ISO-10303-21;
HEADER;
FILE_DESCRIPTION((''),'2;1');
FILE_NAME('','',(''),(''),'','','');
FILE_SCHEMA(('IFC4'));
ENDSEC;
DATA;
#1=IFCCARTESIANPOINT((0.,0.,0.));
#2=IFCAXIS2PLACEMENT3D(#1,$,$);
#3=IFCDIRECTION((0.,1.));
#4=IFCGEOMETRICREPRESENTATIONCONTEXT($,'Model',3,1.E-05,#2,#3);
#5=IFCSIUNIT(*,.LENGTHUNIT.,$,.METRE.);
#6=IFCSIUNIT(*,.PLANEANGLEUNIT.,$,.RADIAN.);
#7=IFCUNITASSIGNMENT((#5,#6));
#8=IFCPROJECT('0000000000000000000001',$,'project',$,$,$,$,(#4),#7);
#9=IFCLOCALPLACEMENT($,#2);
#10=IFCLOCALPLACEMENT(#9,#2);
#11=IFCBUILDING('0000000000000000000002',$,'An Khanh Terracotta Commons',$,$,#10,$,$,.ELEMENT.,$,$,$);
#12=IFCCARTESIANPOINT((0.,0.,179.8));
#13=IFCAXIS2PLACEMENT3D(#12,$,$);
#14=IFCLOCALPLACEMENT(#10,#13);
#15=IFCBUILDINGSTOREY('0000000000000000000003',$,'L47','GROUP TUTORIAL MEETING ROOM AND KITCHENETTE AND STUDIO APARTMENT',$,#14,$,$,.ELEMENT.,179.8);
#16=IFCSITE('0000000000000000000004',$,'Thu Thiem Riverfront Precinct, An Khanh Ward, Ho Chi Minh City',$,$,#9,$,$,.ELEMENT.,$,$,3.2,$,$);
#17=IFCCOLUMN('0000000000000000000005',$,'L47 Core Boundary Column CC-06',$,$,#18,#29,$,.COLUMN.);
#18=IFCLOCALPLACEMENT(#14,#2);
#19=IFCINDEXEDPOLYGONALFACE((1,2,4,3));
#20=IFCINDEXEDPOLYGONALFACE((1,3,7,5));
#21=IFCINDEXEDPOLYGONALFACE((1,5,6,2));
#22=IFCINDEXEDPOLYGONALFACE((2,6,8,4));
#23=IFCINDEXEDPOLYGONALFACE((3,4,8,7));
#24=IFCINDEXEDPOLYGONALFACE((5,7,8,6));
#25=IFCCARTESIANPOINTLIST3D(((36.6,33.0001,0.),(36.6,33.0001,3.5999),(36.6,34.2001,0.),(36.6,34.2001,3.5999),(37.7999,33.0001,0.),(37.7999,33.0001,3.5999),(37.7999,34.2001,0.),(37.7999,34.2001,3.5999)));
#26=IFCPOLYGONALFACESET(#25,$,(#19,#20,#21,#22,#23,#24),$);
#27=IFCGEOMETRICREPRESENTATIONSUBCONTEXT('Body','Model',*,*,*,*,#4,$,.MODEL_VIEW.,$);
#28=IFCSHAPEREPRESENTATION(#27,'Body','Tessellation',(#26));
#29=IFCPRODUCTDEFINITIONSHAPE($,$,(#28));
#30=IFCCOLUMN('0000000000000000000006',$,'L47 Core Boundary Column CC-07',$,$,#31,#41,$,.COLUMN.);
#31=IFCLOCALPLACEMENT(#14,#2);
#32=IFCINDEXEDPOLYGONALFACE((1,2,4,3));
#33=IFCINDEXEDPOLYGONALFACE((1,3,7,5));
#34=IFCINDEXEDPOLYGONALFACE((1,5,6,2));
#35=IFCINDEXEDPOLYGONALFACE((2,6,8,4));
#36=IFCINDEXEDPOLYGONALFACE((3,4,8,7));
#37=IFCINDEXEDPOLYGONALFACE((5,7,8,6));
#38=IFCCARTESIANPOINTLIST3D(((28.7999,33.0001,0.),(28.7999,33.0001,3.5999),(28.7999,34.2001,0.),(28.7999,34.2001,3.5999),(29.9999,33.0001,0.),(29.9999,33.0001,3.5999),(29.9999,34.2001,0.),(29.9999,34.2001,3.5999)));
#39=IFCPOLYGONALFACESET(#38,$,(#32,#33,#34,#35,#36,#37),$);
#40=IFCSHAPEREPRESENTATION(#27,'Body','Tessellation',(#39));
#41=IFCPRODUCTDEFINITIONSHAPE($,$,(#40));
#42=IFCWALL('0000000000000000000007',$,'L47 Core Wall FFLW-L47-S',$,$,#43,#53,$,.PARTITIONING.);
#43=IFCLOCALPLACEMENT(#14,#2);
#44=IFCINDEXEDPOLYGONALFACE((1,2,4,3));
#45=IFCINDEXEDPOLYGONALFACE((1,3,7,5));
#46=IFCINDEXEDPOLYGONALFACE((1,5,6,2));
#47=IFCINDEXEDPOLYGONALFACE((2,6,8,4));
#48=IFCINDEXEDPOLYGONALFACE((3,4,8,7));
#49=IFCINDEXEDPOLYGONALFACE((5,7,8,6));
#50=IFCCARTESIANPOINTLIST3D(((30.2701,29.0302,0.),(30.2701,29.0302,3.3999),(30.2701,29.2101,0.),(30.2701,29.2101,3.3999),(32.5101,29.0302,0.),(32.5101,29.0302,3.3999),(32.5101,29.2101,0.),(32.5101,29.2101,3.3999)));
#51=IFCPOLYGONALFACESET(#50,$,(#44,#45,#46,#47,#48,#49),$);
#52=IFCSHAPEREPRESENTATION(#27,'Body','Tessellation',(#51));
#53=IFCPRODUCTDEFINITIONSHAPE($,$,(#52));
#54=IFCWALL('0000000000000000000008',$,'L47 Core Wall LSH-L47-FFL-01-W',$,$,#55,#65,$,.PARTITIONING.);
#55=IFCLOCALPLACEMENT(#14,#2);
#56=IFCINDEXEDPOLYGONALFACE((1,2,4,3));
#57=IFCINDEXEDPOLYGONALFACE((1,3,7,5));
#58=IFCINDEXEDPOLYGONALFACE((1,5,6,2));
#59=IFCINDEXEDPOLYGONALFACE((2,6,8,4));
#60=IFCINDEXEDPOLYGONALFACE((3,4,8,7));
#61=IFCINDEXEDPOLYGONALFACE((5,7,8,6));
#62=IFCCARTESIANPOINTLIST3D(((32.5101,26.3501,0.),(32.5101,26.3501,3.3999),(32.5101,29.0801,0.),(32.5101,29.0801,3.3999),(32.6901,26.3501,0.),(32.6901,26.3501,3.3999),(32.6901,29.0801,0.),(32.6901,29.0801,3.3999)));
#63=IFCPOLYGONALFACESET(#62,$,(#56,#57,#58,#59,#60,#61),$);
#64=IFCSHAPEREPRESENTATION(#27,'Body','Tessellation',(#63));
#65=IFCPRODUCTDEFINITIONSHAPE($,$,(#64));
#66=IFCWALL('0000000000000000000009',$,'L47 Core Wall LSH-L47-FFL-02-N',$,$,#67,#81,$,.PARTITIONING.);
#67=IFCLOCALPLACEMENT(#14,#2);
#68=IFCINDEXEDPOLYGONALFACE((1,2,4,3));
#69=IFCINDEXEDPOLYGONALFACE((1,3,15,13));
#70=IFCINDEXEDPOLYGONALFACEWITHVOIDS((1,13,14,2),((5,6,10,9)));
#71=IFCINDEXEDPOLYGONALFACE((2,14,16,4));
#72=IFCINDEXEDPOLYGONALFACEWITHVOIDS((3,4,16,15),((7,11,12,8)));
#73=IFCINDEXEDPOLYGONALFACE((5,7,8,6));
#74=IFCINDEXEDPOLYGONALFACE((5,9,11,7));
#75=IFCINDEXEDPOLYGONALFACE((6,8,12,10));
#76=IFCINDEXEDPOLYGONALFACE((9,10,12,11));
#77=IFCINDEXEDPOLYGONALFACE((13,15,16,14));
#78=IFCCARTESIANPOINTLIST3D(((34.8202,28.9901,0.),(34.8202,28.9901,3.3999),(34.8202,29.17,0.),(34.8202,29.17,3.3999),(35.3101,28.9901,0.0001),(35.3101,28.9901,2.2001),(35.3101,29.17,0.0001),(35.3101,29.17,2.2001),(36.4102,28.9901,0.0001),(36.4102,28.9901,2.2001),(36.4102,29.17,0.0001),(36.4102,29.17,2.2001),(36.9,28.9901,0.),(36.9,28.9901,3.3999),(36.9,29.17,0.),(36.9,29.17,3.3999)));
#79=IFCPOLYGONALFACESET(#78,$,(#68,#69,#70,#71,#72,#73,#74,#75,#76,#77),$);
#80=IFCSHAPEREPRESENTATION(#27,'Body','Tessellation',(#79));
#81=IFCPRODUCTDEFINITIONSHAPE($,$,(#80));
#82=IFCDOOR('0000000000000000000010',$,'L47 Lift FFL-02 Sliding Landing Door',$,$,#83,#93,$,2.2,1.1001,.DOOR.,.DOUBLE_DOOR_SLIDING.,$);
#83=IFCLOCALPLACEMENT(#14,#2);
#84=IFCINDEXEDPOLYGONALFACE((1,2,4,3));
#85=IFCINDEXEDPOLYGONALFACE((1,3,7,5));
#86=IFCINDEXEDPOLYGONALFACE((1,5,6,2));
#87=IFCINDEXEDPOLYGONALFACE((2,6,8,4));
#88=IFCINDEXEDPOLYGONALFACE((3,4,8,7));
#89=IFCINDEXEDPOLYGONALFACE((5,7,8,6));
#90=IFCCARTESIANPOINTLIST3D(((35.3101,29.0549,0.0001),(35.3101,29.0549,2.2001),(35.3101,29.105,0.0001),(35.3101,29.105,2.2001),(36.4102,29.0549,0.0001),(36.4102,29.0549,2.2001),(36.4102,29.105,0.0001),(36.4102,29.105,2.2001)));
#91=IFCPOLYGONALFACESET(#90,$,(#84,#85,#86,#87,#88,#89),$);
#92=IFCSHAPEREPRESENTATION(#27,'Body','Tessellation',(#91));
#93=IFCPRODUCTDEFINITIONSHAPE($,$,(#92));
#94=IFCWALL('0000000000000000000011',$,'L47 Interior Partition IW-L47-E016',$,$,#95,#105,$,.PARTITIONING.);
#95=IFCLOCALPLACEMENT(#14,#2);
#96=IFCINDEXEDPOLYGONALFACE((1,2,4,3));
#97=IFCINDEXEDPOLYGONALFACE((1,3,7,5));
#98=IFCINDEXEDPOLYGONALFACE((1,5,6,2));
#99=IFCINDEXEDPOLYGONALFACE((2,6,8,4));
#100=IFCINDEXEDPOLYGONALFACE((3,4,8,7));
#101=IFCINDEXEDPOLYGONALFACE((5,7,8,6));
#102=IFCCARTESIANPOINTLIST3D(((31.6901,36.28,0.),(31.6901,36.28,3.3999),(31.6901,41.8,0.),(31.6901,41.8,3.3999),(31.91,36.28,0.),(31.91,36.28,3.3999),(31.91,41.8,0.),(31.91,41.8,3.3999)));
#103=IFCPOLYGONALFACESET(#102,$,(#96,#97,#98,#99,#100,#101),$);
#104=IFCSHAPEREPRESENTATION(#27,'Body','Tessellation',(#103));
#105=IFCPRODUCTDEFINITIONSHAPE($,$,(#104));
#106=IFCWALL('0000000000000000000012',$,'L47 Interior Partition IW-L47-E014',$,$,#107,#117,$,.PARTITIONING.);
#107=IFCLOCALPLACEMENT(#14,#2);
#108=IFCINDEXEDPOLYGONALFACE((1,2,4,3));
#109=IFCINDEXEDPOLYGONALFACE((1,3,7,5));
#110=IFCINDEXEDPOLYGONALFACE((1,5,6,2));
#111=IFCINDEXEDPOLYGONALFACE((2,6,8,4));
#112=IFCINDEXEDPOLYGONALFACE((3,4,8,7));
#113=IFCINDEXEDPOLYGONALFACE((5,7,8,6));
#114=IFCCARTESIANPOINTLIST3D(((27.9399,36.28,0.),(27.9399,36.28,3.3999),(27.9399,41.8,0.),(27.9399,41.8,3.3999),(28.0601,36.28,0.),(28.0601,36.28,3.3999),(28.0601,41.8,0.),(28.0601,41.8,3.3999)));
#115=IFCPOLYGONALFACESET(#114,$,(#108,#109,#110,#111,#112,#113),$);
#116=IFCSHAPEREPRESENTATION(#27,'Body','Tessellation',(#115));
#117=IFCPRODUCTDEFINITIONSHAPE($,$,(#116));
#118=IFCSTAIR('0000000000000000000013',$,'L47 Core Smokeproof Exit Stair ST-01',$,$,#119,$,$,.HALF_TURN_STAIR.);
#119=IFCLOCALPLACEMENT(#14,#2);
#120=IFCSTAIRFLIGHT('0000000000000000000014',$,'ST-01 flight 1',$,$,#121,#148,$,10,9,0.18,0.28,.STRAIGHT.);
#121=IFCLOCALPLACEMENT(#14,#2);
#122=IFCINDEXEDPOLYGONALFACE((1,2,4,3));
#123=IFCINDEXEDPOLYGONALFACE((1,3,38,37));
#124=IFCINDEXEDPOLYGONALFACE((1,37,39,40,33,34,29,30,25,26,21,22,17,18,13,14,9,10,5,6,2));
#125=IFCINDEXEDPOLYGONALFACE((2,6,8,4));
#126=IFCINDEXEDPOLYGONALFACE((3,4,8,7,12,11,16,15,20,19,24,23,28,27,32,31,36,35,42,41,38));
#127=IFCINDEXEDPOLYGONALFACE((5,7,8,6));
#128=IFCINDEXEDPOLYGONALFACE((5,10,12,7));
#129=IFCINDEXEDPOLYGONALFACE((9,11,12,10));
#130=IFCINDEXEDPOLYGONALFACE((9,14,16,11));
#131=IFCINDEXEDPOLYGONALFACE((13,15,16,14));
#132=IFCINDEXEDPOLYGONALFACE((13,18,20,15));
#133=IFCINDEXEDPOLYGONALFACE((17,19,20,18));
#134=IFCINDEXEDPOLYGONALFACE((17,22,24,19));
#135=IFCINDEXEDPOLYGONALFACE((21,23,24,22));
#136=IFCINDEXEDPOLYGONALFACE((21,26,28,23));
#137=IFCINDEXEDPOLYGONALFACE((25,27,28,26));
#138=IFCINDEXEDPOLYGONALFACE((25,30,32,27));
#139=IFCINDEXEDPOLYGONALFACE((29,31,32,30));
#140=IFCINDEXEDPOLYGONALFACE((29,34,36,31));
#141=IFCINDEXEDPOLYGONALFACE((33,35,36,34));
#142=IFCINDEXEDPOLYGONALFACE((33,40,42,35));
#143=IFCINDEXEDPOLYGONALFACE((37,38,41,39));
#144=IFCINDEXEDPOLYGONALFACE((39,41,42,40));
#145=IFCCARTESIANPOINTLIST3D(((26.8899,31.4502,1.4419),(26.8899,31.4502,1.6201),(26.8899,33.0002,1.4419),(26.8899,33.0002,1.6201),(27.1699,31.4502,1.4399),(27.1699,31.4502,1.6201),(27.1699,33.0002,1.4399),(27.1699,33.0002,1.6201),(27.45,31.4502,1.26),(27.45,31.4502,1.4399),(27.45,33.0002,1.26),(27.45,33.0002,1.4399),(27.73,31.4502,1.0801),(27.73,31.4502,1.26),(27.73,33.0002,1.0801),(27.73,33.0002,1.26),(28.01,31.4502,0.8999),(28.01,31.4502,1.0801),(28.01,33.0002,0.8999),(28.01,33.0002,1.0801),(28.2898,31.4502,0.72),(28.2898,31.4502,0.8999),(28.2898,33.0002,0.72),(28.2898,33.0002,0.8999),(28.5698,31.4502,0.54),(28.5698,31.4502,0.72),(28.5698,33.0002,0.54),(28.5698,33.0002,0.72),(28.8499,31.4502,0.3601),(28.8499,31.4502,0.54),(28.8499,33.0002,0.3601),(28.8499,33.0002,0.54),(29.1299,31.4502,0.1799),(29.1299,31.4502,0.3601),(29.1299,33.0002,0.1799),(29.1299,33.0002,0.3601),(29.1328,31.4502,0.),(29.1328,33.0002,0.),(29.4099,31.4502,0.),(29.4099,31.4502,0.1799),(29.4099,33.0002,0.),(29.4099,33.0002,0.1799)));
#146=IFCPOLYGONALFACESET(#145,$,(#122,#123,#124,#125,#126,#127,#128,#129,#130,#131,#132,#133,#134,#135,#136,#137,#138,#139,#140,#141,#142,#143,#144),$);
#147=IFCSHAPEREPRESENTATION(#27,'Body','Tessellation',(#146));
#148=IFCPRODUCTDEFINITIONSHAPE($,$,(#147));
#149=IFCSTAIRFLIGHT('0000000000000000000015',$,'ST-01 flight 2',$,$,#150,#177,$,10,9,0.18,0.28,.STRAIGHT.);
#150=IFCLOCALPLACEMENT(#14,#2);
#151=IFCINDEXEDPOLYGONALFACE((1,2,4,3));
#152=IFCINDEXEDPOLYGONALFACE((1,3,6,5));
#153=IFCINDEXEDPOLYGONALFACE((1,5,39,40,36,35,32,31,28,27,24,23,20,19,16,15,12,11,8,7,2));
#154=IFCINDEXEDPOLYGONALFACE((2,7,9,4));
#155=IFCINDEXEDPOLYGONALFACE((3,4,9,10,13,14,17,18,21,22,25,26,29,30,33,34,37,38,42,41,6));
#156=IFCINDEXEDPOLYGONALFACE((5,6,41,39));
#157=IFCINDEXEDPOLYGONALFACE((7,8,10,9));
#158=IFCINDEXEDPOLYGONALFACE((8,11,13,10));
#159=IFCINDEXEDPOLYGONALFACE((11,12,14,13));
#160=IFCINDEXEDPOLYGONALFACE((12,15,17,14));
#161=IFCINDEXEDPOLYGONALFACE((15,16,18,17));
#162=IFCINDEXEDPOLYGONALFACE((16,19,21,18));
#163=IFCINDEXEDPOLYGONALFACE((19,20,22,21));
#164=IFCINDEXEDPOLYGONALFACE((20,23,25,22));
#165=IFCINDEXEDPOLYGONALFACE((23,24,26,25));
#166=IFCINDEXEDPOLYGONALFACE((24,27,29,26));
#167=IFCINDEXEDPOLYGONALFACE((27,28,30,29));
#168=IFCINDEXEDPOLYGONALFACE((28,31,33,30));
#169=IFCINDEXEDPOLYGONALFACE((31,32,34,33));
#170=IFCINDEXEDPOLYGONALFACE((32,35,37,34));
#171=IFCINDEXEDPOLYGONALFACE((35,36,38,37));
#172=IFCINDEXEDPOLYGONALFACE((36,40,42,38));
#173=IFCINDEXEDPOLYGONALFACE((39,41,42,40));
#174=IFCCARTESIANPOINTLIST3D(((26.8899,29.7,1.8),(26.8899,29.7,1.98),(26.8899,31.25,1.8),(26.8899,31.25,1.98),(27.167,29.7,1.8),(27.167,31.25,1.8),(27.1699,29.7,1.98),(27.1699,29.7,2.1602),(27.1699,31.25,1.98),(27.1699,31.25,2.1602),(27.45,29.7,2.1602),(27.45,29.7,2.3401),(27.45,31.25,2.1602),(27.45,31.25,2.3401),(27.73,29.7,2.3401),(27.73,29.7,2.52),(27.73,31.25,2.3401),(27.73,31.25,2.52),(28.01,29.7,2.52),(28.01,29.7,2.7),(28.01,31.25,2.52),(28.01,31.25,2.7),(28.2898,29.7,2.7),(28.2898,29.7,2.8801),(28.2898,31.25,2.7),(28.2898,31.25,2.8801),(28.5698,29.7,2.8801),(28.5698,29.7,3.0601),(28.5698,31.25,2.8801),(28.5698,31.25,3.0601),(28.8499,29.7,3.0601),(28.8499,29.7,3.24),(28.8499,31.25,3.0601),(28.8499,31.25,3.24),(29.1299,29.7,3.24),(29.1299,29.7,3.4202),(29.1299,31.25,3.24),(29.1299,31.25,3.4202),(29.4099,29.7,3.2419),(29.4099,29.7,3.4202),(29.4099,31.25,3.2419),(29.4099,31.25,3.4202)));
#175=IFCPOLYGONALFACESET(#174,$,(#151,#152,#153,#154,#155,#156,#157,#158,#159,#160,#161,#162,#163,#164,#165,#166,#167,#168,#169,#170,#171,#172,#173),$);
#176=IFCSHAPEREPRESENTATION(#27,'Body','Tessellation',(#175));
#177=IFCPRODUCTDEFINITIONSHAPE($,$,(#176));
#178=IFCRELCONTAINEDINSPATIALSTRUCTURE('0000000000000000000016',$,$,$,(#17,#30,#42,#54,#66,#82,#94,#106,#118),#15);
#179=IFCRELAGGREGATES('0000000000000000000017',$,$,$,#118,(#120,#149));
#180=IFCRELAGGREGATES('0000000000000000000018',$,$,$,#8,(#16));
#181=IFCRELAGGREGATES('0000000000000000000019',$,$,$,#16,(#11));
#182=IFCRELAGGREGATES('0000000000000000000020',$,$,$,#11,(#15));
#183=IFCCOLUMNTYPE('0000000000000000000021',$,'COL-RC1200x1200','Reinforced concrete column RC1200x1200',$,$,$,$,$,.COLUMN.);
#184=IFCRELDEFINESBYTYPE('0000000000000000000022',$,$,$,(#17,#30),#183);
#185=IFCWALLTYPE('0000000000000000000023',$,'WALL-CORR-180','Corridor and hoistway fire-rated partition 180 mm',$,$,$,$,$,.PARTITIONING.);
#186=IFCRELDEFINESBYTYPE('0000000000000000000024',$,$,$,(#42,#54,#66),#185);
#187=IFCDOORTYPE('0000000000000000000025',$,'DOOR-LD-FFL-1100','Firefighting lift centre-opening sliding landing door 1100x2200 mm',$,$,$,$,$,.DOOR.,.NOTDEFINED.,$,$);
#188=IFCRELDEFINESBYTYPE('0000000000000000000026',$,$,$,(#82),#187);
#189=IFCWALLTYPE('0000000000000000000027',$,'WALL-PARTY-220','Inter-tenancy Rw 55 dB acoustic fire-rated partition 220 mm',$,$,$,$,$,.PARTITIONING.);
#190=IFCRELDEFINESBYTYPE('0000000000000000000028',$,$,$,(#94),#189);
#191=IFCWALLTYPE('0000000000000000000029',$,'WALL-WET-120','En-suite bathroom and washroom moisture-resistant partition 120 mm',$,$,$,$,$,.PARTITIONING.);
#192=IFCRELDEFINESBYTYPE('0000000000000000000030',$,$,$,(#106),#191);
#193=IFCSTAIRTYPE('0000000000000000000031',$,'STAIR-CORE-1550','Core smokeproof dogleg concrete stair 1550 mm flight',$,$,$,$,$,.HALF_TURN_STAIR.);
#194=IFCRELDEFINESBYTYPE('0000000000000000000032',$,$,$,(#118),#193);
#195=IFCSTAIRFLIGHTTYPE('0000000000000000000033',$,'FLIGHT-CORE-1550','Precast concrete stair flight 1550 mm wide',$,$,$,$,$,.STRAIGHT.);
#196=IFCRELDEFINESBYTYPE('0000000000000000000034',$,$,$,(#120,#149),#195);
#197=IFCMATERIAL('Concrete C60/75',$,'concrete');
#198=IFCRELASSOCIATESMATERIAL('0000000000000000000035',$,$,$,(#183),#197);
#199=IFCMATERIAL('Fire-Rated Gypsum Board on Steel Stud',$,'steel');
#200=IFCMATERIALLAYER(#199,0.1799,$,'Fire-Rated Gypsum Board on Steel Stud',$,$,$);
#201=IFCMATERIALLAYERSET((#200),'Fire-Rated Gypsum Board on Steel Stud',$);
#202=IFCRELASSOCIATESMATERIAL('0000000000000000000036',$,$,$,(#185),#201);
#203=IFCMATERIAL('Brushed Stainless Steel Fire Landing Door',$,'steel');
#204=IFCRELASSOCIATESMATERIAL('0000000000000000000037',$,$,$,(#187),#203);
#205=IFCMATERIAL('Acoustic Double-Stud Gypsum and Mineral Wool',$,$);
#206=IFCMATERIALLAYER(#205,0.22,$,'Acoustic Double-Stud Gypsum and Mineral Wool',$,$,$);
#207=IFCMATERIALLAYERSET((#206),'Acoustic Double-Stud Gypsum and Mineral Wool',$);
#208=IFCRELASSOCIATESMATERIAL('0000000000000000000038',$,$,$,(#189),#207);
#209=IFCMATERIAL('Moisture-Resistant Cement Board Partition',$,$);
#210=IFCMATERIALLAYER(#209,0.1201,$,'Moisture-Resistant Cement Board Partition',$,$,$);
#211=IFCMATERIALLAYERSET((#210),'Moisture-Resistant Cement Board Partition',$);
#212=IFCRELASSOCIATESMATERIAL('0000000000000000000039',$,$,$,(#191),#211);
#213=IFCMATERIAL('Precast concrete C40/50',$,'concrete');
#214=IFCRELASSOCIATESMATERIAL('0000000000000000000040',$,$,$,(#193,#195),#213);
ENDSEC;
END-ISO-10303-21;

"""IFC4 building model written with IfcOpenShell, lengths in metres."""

from ifc_helpers import new_model, si_unit, direction, frame, frame_2d, origin, origin_2d, place, context, subcontext, project, spatial, polyline, rectangle, outline, extrude, material, layer, layer_set, material_profile, profile_set, type_object, element, fill, aggregate, save


model = new_model("IFC4")

# Units and contexts
model_context = context("Model", 3, precision=1e-05, world=origin(), true_north=direction((0.0, 1.0)))
body_context = subcontext(model_context, "Body", "Model", "MODEL_VIEW")
ifc_project = project(units=[si_unit("LENGTHUNIT", "METRE"), si_unit("PLANEANGLEUNIT", "RADIAN")], contexts=[model_context])

# Site, building, storey
site_placement = place(None, origin())
site = spatial("IfcSite", under=ifc_project, at=site_placement, Name="Thu Thiem Riverfront Precinct, An Khanh Ward, Ho Chi Minh City", CompositionType="ELEMENT", RefElevation=3.2)
building_placement = place(site_placement, origin())
building = spatial("IfcBuilding", under=site, at=building_placement, Name="An Khanh Terracotta Commons", CompositionType="ELEMENT")
storey_placement = place(building_placement, frame((0.0, 0.0, 179.8)))
storey = spatial("IfcBuildingStorey", under=building, at=storey_placement, Name="L47", Description="GROUP TUTORIAL MEETING ROOM AND KITCHENETTE AND STUDIO APARTMENT", CompositionType="ELEMENT", Elevation=179.8)

# Columns
ifc_material_1 = material(Name="Concrete C60/75", Category="concrete")
ifc_material_profile = material_profile(ifc_material_1, rectangle(XDim=1.2, YDim=1.2, at=origin_2d()), Name="RC1200x1200")
ifc_profile_set = profile_set([ifc_material_profile], Name="Concrete C60/75")
column_type = type_object("IfcColumnType", Name="COL-RC1200x1200", Description="Reinforced concrete column RC1200x1200", PredefinedType="COLUMN", material=ifc_profile_set)
for number, where, z_axis, x_axis, name in (
    (1, (37.2, 33.6001, 0.0), (0.0, 0.0, 1.0), (1.0, 0.0, 0.0), "L47 Core Boundary Column CC-06"),
    (2, (29.3999, 33.6001, 0.0), (0.0, 0.0, 1.0), (1.0, 0.0, 0.0), "L47 Core Boundary Column CC-07"),
):
    element("IfcColumn", number, at=place(storey_placement, frame(where, z_axis=z_axis, x_axis=x_axis)), inside=storey, type_object=column_type, Name=name, PredefinedType="COLUMN", context=body_context, shape_type="SweptSolid", body=[
        extrude(rectangle(XDim=1.2, YDim=1.2, at=origin_2d()), origin(), (0.0, 0.0, 1.0), 3.5999),
    ])

# Walls
ifc_material_2 = material(Name="Fire-Rated Gypsum Board on Steel Stud", Category="steel")
ifc_layer_1 = layer(ifc_material_2, 0.1799, Name="Fire-Rated Gypsum Board on Steel Stud")
ifc_layer_set_1 = layer_set([ifc_layer_1], Name="Fire-Rated Gypsum Board on Steel Stud")
wall_type_1 = type_object("IfcWallType", Name="WALL-CORR-180", Description="Corridor and hoistway fire-rated partition 180 mm", PredefinedType="PARTITIONING", material=ifc_layer_set_1)
wall_1_placement = place(storey_placement, frame((30.27, 29.1201, 0.0), z_axis=(0.0, 0.0, 1.0), x_axis=(1.0, 0.0, 0.0)))
element("IfcWall", 3, at=wall_1_placement, inside=storey, type_object=wall_type_1, Name="L47 Core Wall FFLW-L47-S", PredefinedType="PARTITIONING", context=body_context, shape_type="SweptSolid", body=[
    extrude(rectangle(XDim=2.24, YDim=0.1799, at=frame_2d((1.1201, 0.0))), origin(), (0.0, 0.0, 1.0), 3.3999),
])
wall_2_placement = place(storey_placement, frame((32.6001, 29.0801, 0.0), z_axis=(0.0, 0.0, 1.0), x_axis=(0.0, -1.0, 0.0)))
element("IfcWall", 4, at=wall_2_placement, inside=storey, type_object=wall_type_1, Name="L47 Core Wall LSH-L47-FFL-01-W", PredefinedType="PARTITIONING", context=body_context, shape_type="SweptSolid", body=[
    extrude(rectangle(XDim=2.73, YDim=0.1799, at=frame_2d((1.365, 0.0))), origin(), (0.0, 0.0, 1.0), 3.3999),
])

# Wall, opening, door
wall_3_placement = place(storey_placement, frame((34.8201, 29.0801, 0.0), z_axis=(0.0, 0.0, 1.0), x_axis=(1.0, 0.0, 0.0)))
wall_3 = element("IfcWall", 5, at=wall_3_placement, inside=storey, type_object=wall_type_1, Name="L47 Core Wall LSH-L47-FFL-02-N", PredefinedType="PARTITIONING", context=body_context, shape_type="SweptSolid", body=[
    extrude(rectangle(XDim=2.0798, YDim=0.1799, at=frame_2d((1.04, 0.0))), origin(), (0.0, 0.0, 1.0), 3.3999),
])
opening_1_placement = place(wall_3_placement, frame((0.49, 0.0, 0.0)))
opening_1 = element("IfcOpeningElement", 6, at=opening_1_placement, cuts=wall_3, PredefinedType="OPENING", context=body_context, shape_type="SweptSolid", body=[
    extrude(rectangle(XDim=1.1001, YDim=2.2, at=frame_2d((0.55, 1.1001))), frame((0.0, 0.0999, 0.0), z_axis=(0.0, -1.0, 0.0), x_axis=(1.0, 0.0, 0.0)), (0.0, 0.0, 1.0), 0.2),
])
ifc_material_3 = material(Name="Brushed Stainless Steel Fire Landing Door", Category="steel")
door_type_1 = type_object("IfcDoorType", Name="DOOR-LD-FFL-1100", Description="Firefighting lift centre-opening sliding landing door 1100x2200 mm", OperationType="NOTDEFINED", PredefinedType="DOOR", material=ifc_material_3)
door_1_placement = place(opening_1_placement, origin())
door_1 = element("IfcDoor", 7, at=door_1_placement, inside=storey, type_object=door_type_1, Name="L47 Lift FFL-02 Sliding Landing Door", OperationType="DOUBLE_DOOR_SLIDING", OverallHeight=2.2, OverallWidth=1.1001, PredefinedType="DOOR", context=body_context, shape_type="SweptSolid", body=[
    extrude(rectangle(XDim=1.1001, YDim=2.2, at=frame_2d((0.55, 1.1001))), frame((0.0, 0.0249, 0.0), z_axis=(0.0, -1.0, 0.0), x_axis=(1.0, 0.0, 0.0)), (0.0, 0.0, 1.0), 0.05),
])
fill(opening_1, door_1)

# Wall
ifc_material_4 = material(Name="Acoustic Double-Stud Gypsum and Mineral Wool")
ifc_layer_2 = layer(ifc_material_4, 0.22, Name="Acoustic Double-Stud Gypsum and Mineral Wool")
ifc_layer_set_2 = layer_set([ifc_layer_2], Name="Acoustic Double-Stud Gypsum and Mineral Wool")
wall_type_2 = type_object("IfcWallType", Name="WALL-PARTY-220", Description="Inter-tenancy Rw 55 dB acoustic fire-rated partition 220 mm", PredefinedType="PARTITIONING", material=ifc_layer_set_2)
wall_4_placement = place(storey_placement, frame((31.8, 36.28, 0.0), z_axis=(0.0, 0.0, 1.0), x_axis=(0.0, 1.0, 0.0)))
element("IfcWall", 8, at=wall_4_placement, inside=storey, type_object=wall_type_2, Name="L47 Interior Partition IW-L47-E016", PredefinedType="PARTITIONING", context=body_context, shape_type="SweptSolid", body=[
    extrude(rectangle(XDim=5.52, YDim=0.22, at=frame_2d((2.76, 0.0))), origin(), (0.0, 0.0, 1.0), 3.3999),
])

# Wall
ifc_material_5 = material(Name="Moisture-Resistant Cement Board Partition")
ifc_layer_3 = layer(ifc_material_5, 0.1201, Name="Moisture-Resistant Cement Board Partition")
ifc_layer_set_3 = layer_set([ifc_layer_3], Name="Moisture-Resistant Cement Board Partition")
wall_type_3 = type_object("IfcWallType", Name="WALL-WET-120", Description="En-suite bathroom and washroom moisture-resistant partition 120 mm", PredefinedType="PARTITIONING", material=ifc_layer_set_3)
wall_5_placement = place(storey_placement, frame((28.0, 36.28, 0.0), z_axis=(0.0, 0.0, 1.0), x_axis=(0.0, 1.0, 0.0)))
element("IfcWall", 9, at=wall_5_placement, inside=storey, type_object=wall_type_3, Name="L47 Interior Partition IW-L47-E014", PredefinedType="PARTITIONING", context=body_context, shape_type="SweptSolid", body=[
    extrude(rectangle(XDim=5.52, YDim=0.1201, at=frame_2d((2.76, 0.0))), origin(), (0.0, 0.0, 1.0), 3.3999),
])

# Stair, stair flights
ifc_material_6 = material(Name="Precast concrete C40/50", Category="concrete")
stair_type = type_object("IfcStairType", Name="STAIR-CORE-1550", Description="Core smokeproof dogleg concrete stair 1550 mm flight", PredefinedType="HALF_TURN_STAIR", material=ifc_material_6)
stair_placement = place(storey_placement, origin())
stair = element("IfcStair", 10, at=stair_placement, inside=storey, type_object=stair_type, Name="L47 Core Smokeproof Exit Stair ST-01", PredefinedType="HALF_TURN_STAIR")
stair_flight_type = type_object("IfcStairFlightType", Name="FLIGHT-CORE-1550", Description="Precast concrete stair flight 1550 mm wide", PredefinedType="STRAIGHT", material=ifc_material_6)
stair_flight_1_placement = place(storey_placement, frame((29.4099, 32.2251, 0.0), z_axis=(0.0, 0.0, 1.0), x_axis=(-1.0, 0.0, 0.0)))
stair_flight_1 = element("IfcStairFlight", 11, at=stair_flight_1_placement, type_object=stair_flight_type, Name="ST-01 flight 1", NumberOfRisers=10, NumberOfTreads=9, PredefinedType="STRAIGHT", RiserHeight=0.18, TreadLength=0.28, context=body_context, shape_type="SweptSolid", body=[
    extrude(outline(polyline([(0.0, 0.0), (0.0, 0.1799), (0.28, 0.1799), (0.28, 0.3601), (0.5601, 0.3601), (0.5601, 0.54), (0.8401, 0.54), (0.8401, 0.72), (1.1201, 0.72), (1.1201, 0.8999), (1.3999, 0.8999), (1.3999, 1.0801), (1.6799, 1.0801), (1.6799, 1.26), (1.96, 1.26), (1.96, 1.4399), (2.24, 1.4399), (2.24, 1.6201), (2.52, 1.6201), (2.52, 1.8), (2.52, 1.4419), (0.2771, 0.0), (0.0, 0.0)])), frame((0.0, 0.7749, 0.0), z_axis=(0.0, -1.0, 0.0), x_axis=(1.0, 0.0, 0.0)), (0.0, 0.0, 1.0), 1.55),
])
stair_flight_2_placement = place(storey_placement, frame((26.8899, 30.4751, 1.8), z_axis=(0.0, 0.0, 1.0), x_axis=(1.0, 0.0, 0.0)))
stair_flight_2 = element("IfcStairFlight", 12, at=stair_flight_2_placement, type_object=stair_flight_type, Name="ST-01 flight 2", NumberOfRisers=10, NumberOfTreads=9, PredefinedType="STRAIGHT", RiserHeight=0.18, TreadLength=0.28, context=body_context, shape_type="SweptSolid", body=[
    extrude(outline(polyline([(0.0, 0.0), (0.0, 0.1799), (0.28, 0.1799), (0.28, 0.3601), (0.5601, 0.3601), (0.5601, 0.54), (0.8401, 0.54), (0.8401, 0.72), (1.1201, 0.72), (1.1201, 0.8999), (1.3999, 0.8999), (1.3999, 1.0801), (1.6799, 1.0801), (1.6799, 1.26), (1.96, 1.26), (1.96, 1.4399), (2.24, 1.4399), (2.24, 1.6201), (2.52, 1.6201), (2.52, 1.8), (2.52, 1.4419), (0.2771, 0.0), (0.0, 0.0)])), frame((0.0, 0.7749, 0.0), z_axis=(0.0, -1.0, 0.0), x_axis=(1.0, 0.0, 0.0)), (0.0, 0.0, 1.0), 1.55),
])
aggregate(stair, [stair_flight_1, stair_flight_2])

save(model, "model.ifc")
